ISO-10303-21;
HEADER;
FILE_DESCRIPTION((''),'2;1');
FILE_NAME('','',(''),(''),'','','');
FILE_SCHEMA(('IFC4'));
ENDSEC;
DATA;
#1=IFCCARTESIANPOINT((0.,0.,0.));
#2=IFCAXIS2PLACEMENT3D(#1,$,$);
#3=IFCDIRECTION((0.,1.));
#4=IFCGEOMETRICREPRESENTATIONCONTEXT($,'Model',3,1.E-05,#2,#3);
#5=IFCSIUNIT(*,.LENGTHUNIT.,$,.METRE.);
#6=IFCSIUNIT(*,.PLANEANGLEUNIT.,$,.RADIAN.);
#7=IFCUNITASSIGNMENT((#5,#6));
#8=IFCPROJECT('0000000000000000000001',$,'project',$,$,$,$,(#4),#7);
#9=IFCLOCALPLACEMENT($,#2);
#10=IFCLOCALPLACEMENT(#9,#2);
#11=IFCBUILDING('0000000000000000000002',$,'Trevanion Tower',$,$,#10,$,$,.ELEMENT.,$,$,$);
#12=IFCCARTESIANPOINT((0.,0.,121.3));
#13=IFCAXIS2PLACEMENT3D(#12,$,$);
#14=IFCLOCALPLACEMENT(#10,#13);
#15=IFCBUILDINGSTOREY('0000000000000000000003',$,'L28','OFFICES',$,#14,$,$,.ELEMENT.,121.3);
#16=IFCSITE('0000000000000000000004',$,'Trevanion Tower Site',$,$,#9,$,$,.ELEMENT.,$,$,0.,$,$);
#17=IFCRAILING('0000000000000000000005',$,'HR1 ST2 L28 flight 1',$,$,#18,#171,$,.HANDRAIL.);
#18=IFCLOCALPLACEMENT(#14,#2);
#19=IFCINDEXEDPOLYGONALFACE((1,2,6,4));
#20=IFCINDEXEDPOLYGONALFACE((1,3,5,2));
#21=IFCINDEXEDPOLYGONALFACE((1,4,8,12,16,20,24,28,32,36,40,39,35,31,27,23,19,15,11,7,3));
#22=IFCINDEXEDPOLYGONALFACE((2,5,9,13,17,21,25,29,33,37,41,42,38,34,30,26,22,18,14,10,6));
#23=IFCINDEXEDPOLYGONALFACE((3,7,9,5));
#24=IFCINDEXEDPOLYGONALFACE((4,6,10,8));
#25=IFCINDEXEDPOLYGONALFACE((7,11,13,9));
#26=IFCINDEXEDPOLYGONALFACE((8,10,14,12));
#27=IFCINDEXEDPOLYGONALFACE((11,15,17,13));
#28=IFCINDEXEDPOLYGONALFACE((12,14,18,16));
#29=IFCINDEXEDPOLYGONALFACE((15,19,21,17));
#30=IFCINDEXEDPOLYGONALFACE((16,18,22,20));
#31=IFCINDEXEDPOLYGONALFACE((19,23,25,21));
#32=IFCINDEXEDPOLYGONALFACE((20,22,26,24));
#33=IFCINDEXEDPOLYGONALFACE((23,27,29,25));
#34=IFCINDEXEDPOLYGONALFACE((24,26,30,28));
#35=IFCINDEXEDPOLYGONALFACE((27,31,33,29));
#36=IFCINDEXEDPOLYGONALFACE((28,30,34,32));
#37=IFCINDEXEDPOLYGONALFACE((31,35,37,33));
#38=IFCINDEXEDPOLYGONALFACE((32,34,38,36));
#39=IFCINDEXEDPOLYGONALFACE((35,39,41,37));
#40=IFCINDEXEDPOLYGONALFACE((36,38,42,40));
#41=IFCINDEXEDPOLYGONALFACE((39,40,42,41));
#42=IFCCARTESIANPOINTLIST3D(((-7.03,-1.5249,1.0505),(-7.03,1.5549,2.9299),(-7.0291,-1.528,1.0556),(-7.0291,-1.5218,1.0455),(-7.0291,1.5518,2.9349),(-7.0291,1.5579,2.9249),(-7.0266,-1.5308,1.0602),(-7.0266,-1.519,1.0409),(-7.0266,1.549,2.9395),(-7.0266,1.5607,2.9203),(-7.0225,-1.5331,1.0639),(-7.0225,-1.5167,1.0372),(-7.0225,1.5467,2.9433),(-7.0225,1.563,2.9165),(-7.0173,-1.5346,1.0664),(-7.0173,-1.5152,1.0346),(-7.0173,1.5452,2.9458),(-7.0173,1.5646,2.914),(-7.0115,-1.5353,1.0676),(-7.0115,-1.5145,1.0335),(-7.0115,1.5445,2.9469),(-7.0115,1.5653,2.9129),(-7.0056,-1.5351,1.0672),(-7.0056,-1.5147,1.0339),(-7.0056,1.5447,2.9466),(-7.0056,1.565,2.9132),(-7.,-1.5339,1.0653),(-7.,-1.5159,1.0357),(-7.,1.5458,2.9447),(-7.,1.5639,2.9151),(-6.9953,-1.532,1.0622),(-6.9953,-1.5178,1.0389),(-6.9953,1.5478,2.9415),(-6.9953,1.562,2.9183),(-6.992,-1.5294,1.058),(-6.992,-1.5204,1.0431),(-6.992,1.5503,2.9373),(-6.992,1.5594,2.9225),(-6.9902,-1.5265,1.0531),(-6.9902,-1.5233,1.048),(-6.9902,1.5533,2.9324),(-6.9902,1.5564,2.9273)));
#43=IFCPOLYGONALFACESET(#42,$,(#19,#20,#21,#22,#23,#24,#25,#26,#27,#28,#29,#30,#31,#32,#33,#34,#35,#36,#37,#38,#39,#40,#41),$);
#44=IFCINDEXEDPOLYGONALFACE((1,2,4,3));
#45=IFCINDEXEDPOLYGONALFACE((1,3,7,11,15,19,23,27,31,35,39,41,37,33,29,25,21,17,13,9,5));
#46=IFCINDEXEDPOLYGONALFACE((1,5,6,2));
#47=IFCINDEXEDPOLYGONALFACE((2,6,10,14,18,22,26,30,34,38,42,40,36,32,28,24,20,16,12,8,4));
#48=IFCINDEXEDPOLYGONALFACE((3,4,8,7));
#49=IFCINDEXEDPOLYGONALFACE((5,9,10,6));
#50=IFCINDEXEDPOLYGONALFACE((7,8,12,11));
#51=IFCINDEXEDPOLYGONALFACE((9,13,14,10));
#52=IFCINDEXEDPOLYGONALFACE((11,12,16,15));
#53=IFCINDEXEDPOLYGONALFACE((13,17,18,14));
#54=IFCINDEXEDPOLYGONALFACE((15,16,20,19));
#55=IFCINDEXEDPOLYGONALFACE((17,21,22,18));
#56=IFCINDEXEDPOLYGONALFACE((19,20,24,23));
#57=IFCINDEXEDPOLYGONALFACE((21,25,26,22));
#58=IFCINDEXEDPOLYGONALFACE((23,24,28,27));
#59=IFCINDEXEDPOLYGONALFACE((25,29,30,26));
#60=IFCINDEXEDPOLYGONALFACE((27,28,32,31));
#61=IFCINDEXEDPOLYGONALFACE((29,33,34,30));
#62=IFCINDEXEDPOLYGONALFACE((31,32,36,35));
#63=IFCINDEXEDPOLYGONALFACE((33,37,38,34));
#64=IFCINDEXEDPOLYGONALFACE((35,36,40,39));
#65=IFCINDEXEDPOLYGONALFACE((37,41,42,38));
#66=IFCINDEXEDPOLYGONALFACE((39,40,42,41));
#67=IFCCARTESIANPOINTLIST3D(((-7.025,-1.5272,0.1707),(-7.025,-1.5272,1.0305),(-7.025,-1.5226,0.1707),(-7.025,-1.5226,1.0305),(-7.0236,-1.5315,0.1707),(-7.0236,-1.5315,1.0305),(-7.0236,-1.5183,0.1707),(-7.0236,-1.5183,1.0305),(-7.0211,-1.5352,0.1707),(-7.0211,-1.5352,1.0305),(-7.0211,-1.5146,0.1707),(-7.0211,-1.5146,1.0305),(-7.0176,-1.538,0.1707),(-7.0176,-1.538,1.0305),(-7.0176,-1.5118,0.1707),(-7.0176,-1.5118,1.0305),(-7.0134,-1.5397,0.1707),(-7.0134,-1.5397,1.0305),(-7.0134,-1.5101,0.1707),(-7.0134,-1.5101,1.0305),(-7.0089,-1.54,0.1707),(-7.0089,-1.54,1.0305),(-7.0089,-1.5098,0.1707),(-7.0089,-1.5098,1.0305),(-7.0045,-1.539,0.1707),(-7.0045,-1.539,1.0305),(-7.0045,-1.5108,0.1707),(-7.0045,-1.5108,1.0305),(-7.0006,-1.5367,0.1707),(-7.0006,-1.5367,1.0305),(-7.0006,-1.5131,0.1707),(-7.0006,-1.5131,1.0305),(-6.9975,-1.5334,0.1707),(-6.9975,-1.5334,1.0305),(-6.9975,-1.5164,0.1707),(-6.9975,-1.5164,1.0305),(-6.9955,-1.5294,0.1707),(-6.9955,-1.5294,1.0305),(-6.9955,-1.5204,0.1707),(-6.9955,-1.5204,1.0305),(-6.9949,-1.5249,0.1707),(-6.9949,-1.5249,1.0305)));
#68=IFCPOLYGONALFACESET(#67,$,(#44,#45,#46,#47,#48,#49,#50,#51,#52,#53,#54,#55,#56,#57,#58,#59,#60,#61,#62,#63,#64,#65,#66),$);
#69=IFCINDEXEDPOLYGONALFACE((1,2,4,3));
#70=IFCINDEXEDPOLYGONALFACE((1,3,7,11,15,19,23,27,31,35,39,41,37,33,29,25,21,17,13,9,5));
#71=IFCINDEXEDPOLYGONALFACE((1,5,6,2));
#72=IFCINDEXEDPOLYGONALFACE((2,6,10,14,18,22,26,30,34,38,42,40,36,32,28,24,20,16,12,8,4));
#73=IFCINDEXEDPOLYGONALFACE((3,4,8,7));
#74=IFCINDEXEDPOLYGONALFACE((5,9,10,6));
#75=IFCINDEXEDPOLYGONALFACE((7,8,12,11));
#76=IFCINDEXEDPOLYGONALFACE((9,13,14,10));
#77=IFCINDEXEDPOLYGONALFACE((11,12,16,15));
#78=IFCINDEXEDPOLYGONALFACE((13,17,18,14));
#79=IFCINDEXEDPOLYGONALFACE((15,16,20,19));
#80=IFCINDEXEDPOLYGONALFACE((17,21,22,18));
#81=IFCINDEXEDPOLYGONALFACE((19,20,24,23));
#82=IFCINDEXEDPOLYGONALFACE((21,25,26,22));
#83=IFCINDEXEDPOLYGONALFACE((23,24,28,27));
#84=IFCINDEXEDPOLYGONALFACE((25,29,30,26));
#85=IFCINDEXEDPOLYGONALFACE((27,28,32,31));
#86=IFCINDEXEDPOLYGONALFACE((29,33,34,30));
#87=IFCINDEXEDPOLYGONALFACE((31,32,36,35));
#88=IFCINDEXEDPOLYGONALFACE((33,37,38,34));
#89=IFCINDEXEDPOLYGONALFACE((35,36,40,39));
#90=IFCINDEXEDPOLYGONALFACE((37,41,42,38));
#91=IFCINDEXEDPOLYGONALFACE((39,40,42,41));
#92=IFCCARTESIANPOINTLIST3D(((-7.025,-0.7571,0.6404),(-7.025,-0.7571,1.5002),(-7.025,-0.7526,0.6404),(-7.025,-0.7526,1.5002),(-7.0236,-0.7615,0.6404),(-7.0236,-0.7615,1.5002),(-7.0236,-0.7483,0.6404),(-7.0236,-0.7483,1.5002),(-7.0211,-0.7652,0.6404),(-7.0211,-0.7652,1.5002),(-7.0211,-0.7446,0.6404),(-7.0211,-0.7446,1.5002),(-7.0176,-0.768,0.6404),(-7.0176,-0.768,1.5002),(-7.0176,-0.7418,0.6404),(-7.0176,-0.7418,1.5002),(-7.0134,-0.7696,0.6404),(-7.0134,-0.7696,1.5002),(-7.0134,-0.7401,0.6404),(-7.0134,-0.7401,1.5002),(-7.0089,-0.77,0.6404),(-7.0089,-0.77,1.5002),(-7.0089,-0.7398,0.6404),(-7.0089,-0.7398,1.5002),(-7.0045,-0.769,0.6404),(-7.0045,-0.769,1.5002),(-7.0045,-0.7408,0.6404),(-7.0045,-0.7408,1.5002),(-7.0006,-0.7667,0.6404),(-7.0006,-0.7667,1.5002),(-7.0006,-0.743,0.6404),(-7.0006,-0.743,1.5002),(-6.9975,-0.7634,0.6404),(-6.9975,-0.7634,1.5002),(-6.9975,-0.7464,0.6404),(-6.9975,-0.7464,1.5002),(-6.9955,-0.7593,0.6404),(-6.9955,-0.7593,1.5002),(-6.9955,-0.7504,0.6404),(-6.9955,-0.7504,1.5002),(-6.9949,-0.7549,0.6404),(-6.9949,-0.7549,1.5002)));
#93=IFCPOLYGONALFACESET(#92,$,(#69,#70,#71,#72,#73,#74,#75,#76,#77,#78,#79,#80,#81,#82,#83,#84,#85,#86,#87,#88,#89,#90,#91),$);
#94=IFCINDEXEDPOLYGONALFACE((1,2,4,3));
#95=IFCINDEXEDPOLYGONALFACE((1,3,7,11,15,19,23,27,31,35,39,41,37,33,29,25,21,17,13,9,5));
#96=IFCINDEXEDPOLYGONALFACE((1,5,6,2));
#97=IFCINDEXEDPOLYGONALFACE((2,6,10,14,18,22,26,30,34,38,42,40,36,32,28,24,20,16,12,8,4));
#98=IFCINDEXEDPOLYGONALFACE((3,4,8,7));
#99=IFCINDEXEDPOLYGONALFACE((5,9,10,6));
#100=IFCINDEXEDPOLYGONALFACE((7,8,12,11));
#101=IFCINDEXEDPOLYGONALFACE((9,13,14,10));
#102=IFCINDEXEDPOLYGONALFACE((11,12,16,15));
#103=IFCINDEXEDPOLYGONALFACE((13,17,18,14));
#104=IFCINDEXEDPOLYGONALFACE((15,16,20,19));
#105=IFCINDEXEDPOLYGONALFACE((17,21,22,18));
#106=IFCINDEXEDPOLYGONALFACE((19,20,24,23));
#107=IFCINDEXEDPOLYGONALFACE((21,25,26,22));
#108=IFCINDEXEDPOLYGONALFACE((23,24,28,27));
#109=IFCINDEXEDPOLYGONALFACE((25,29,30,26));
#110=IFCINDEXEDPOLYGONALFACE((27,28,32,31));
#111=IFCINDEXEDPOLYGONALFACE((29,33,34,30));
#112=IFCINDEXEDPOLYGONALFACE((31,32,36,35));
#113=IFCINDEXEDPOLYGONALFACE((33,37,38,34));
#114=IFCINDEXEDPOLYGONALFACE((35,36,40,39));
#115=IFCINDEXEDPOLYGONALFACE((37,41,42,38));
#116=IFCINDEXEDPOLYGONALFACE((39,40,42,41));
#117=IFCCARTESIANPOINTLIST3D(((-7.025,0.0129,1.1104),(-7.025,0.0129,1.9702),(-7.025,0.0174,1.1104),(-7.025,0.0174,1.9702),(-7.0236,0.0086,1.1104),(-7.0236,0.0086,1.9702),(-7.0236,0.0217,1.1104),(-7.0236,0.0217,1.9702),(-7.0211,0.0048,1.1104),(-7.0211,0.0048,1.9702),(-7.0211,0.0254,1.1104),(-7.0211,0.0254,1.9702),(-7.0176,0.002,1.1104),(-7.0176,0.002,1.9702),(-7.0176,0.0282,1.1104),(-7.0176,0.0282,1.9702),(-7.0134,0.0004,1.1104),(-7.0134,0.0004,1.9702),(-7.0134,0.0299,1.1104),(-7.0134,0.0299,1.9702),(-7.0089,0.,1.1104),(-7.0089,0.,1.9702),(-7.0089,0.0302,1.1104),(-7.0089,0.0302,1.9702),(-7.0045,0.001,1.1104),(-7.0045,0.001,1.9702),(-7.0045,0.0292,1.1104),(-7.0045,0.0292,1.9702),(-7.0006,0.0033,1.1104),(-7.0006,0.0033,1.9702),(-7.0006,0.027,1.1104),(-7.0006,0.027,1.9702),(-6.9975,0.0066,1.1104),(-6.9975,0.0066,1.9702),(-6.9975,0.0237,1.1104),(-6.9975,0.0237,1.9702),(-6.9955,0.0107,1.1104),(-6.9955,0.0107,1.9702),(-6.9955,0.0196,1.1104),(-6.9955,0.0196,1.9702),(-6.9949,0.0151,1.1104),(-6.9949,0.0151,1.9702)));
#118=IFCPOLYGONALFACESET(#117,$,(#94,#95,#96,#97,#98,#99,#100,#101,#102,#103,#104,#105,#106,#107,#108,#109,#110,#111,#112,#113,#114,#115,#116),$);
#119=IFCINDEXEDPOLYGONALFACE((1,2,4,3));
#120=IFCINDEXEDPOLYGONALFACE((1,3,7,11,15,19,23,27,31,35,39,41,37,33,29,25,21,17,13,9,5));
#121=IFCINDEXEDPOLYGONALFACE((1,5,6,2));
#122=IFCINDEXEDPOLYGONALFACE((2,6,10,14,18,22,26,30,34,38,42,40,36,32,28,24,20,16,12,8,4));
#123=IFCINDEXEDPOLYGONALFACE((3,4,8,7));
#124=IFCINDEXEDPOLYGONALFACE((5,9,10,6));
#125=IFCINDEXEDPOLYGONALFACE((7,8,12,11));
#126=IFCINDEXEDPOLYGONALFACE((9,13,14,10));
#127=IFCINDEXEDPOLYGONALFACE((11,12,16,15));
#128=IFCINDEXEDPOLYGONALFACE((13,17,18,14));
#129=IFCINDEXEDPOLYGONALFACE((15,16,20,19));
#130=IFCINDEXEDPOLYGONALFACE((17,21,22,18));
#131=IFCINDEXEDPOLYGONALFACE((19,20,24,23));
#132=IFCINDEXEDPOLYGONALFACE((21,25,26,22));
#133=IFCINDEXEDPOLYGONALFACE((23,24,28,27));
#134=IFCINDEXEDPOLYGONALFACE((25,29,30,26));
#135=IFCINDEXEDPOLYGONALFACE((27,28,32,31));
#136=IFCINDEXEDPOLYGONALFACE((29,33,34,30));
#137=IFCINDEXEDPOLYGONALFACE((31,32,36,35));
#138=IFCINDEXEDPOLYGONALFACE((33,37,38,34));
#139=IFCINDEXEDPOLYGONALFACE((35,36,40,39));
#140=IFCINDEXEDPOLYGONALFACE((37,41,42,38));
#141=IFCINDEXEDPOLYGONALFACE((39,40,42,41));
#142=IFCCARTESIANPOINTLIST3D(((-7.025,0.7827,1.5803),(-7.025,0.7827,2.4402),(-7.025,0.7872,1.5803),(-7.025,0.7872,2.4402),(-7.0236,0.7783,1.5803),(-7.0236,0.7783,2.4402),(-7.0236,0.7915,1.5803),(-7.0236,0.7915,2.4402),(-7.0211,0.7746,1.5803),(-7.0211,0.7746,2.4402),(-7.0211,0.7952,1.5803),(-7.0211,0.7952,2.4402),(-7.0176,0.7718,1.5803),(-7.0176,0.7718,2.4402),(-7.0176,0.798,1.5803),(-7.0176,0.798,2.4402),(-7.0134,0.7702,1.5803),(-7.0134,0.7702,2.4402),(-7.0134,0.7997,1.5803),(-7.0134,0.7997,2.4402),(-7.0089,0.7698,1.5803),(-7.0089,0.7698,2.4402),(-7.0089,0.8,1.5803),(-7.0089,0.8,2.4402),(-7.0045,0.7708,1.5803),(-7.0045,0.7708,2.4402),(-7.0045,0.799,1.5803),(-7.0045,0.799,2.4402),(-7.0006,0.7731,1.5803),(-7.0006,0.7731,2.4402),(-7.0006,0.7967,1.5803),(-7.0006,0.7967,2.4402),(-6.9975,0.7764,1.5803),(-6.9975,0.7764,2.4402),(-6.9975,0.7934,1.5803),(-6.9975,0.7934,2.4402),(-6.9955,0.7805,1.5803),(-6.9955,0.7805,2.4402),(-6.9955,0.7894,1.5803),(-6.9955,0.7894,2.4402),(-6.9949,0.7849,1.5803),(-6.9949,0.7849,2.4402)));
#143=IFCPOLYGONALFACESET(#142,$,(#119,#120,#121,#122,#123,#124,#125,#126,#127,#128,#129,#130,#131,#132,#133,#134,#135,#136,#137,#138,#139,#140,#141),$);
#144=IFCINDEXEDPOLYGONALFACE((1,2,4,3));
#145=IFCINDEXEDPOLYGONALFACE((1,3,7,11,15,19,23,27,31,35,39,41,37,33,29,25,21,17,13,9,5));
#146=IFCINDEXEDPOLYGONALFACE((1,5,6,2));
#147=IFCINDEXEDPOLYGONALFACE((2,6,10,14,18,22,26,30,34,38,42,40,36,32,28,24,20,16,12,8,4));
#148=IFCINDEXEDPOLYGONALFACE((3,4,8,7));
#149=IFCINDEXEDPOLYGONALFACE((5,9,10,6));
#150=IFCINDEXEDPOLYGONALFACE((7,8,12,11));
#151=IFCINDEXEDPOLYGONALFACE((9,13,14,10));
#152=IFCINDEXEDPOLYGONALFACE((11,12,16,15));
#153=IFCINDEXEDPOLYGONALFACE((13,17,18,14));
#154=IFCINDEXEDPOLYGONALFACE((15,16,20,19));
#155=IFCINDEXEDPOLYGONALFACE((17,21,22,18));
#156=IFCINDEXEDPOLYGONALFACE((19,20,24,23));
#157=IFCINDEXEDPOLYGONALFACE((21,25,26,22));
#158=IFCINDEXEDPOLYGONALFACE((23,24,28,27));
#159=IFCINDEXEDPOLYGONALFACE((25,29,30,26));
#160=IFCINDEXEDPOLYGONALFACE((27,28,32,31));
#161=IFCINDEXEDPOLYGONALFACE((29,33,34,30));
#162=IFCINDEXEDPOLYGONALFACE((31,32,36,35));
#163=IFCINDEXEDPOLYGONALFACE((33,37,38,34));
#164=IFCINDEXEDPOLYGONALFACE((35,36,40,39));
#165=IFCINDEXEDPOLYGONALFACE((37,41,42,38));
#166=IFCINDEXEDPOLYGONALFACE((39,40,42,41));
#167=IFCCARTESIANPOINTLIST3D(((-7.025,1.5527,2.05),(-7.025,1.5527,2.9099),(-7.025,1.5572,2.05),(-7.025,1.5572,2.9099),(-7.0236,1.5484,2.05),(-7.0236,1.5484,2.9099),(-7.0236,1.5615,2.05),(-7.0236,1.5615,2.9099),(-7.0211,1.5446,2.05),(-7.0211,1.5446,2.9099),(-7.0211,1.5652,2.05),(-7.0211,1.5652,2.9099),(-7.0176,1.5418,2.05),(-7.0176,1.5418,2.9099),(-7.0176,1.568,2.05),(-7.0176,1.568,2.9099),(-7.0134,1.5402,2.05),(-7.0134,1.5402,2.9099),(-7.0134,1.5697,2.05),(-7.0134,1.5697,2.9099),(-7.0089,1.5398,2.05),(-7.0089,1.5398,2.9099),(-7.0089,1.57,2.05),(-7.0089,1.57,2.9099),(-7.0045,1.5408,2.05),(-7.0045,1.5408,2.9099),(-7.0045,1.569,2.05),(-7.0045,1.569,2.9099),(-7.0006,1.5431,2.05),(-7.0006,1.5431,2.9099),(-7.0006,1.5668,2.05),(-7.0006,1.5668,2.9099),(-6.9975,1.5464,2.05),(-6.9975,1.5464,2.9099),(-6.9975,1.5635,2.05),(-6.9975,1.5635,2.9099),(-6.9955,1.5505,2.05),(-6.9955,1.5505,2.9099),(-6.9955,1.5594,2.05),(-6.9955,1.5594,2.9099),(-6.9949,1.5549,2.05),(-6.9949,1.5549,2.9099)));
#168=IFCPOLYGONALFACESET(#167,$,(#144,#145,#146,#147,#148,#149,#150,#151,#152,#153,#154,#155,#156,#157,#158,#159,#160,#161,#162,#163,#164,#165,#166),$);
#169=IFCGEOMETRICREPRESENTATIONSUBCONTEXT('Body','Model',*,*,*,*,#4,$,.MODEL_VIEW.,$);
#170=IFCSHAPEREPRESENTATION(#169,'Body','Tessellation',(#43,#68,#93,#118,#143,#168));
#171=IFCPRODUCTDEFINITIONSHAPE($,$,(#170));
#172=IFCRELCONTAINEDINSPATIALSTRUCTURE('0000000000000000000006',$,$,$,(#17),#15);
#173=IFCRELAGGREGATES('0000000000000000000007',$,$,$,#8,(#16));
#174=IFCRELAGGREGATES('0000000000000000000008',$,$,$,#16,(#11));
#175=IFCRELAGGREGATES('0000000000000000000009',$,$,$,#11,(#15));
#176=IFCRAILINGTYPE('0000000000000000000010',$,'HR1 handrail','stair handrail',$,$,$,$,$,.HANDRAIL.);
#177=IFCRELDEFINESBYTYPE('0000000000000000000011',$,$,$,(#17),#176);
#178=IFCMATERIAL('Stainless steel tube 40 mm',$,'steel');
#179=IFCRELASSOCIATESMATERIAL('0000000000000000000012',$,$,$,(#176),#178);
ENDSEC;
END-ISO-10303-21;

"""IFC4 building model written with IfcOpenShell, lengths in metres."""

from ifc_helpers import new_model, si_unit, direction, frame, origin, origin_2d, place, context, subcontext, project, spatial, circle, extrude, material, type_object, element, save


model = new_model("IFC4")

# Units and contexts
model_context = context("Model", 3, precision=1e-05, world=origin(), true_north=direction((0.0, 1.0)))
body_context = subcontext(model_context, "Body", "Model", "MODEL_VIEW")
ifc_project = project(units=[si_unit("LENGTHUNIT", "METRE"), si_unit("PLANEANGLEUNIT", "RADIAN")], contexts=[model_context])

# Site, building, storey
site_placement = place(None, origin())
site = spatial("IfcSite", under=ifc_project, at=site_placement, Name="Trevanion Tower Site", CompositionType="ELEMENT", RefElevation=0.0)
building_placement = place(site_placement, origin())
building = spatial("IfcBuilding", under=site, at=building_placement, Name="Trevanion Tower", CompositionType="ELEMENT")
storey_placement = place(building_placement, frame((0.0, 0.0, 121.3)))
storey = spatial("IfcBuildingStorey", under=building, at=storey_placement, Name="L28", Description="OFFICES", CompositionType="ELEMENT", Elevation=121.3)

# Railing
ifc_material_1 = material(Name="Stainless steel tube 40 mm", Category="steel")
railing_type = type_object("IfcRailingType", Name="HR1 handrail", Description="stair handrail", PredefinedType="HANDRAIL", material=ifc_material_1)
for number, where, name in (
    (1, (-7.01, -1.5249, 0.1707), "HR1 ST2 L28 flight 1"),
):
    element("IfcRailing", number, at=place(storey_placement, frame(where)), inside=storey, type_object=railing_type, Name=name, PredefinedType="HANDRAIL", context=body_context, shape_type="SweptSolid", body=[
        extrude(circle(Radius=0.02, at=origin_2d()), frame((0.0, 0.0, 0.8799), z_axis=(0.0, 0.853618, 0.5209), x_axis=(-1.0, 0.0, 0.0)), (0.0, 0.0, 1.0), 3.6079),
        extrude(circle(Radius=0.0151, at=origin_2d()), origin(), (0.0, 0.0, 1.0), 0.8599),
        extrude(circle(Radius=0.0151, at=origin_2d()), frame((0.0, 0.77, 0.4697)), (0.0, 0.0, 1.0), 0.8599),
        extrude(circle(Radius=0.0151, at=origin_2d()), frame((0.0, 1.54, 0.9397)), (0.0, 0.0, 1.0), 0.8599),
        extrude(circle(Radius=0.0151, at=origin_2d()), frame((0.0, 2.3098, 1.4097)), (0.0, 0.0, 1.0), 0.8599),
        extrude(circle(Radius=0.0151, at=origin_2d()), frame((0.0, 3.0798, 1.8794)), (0.0, 0.0, 1.0), 0.8599),
    ])

save(model, "model.ifc")
